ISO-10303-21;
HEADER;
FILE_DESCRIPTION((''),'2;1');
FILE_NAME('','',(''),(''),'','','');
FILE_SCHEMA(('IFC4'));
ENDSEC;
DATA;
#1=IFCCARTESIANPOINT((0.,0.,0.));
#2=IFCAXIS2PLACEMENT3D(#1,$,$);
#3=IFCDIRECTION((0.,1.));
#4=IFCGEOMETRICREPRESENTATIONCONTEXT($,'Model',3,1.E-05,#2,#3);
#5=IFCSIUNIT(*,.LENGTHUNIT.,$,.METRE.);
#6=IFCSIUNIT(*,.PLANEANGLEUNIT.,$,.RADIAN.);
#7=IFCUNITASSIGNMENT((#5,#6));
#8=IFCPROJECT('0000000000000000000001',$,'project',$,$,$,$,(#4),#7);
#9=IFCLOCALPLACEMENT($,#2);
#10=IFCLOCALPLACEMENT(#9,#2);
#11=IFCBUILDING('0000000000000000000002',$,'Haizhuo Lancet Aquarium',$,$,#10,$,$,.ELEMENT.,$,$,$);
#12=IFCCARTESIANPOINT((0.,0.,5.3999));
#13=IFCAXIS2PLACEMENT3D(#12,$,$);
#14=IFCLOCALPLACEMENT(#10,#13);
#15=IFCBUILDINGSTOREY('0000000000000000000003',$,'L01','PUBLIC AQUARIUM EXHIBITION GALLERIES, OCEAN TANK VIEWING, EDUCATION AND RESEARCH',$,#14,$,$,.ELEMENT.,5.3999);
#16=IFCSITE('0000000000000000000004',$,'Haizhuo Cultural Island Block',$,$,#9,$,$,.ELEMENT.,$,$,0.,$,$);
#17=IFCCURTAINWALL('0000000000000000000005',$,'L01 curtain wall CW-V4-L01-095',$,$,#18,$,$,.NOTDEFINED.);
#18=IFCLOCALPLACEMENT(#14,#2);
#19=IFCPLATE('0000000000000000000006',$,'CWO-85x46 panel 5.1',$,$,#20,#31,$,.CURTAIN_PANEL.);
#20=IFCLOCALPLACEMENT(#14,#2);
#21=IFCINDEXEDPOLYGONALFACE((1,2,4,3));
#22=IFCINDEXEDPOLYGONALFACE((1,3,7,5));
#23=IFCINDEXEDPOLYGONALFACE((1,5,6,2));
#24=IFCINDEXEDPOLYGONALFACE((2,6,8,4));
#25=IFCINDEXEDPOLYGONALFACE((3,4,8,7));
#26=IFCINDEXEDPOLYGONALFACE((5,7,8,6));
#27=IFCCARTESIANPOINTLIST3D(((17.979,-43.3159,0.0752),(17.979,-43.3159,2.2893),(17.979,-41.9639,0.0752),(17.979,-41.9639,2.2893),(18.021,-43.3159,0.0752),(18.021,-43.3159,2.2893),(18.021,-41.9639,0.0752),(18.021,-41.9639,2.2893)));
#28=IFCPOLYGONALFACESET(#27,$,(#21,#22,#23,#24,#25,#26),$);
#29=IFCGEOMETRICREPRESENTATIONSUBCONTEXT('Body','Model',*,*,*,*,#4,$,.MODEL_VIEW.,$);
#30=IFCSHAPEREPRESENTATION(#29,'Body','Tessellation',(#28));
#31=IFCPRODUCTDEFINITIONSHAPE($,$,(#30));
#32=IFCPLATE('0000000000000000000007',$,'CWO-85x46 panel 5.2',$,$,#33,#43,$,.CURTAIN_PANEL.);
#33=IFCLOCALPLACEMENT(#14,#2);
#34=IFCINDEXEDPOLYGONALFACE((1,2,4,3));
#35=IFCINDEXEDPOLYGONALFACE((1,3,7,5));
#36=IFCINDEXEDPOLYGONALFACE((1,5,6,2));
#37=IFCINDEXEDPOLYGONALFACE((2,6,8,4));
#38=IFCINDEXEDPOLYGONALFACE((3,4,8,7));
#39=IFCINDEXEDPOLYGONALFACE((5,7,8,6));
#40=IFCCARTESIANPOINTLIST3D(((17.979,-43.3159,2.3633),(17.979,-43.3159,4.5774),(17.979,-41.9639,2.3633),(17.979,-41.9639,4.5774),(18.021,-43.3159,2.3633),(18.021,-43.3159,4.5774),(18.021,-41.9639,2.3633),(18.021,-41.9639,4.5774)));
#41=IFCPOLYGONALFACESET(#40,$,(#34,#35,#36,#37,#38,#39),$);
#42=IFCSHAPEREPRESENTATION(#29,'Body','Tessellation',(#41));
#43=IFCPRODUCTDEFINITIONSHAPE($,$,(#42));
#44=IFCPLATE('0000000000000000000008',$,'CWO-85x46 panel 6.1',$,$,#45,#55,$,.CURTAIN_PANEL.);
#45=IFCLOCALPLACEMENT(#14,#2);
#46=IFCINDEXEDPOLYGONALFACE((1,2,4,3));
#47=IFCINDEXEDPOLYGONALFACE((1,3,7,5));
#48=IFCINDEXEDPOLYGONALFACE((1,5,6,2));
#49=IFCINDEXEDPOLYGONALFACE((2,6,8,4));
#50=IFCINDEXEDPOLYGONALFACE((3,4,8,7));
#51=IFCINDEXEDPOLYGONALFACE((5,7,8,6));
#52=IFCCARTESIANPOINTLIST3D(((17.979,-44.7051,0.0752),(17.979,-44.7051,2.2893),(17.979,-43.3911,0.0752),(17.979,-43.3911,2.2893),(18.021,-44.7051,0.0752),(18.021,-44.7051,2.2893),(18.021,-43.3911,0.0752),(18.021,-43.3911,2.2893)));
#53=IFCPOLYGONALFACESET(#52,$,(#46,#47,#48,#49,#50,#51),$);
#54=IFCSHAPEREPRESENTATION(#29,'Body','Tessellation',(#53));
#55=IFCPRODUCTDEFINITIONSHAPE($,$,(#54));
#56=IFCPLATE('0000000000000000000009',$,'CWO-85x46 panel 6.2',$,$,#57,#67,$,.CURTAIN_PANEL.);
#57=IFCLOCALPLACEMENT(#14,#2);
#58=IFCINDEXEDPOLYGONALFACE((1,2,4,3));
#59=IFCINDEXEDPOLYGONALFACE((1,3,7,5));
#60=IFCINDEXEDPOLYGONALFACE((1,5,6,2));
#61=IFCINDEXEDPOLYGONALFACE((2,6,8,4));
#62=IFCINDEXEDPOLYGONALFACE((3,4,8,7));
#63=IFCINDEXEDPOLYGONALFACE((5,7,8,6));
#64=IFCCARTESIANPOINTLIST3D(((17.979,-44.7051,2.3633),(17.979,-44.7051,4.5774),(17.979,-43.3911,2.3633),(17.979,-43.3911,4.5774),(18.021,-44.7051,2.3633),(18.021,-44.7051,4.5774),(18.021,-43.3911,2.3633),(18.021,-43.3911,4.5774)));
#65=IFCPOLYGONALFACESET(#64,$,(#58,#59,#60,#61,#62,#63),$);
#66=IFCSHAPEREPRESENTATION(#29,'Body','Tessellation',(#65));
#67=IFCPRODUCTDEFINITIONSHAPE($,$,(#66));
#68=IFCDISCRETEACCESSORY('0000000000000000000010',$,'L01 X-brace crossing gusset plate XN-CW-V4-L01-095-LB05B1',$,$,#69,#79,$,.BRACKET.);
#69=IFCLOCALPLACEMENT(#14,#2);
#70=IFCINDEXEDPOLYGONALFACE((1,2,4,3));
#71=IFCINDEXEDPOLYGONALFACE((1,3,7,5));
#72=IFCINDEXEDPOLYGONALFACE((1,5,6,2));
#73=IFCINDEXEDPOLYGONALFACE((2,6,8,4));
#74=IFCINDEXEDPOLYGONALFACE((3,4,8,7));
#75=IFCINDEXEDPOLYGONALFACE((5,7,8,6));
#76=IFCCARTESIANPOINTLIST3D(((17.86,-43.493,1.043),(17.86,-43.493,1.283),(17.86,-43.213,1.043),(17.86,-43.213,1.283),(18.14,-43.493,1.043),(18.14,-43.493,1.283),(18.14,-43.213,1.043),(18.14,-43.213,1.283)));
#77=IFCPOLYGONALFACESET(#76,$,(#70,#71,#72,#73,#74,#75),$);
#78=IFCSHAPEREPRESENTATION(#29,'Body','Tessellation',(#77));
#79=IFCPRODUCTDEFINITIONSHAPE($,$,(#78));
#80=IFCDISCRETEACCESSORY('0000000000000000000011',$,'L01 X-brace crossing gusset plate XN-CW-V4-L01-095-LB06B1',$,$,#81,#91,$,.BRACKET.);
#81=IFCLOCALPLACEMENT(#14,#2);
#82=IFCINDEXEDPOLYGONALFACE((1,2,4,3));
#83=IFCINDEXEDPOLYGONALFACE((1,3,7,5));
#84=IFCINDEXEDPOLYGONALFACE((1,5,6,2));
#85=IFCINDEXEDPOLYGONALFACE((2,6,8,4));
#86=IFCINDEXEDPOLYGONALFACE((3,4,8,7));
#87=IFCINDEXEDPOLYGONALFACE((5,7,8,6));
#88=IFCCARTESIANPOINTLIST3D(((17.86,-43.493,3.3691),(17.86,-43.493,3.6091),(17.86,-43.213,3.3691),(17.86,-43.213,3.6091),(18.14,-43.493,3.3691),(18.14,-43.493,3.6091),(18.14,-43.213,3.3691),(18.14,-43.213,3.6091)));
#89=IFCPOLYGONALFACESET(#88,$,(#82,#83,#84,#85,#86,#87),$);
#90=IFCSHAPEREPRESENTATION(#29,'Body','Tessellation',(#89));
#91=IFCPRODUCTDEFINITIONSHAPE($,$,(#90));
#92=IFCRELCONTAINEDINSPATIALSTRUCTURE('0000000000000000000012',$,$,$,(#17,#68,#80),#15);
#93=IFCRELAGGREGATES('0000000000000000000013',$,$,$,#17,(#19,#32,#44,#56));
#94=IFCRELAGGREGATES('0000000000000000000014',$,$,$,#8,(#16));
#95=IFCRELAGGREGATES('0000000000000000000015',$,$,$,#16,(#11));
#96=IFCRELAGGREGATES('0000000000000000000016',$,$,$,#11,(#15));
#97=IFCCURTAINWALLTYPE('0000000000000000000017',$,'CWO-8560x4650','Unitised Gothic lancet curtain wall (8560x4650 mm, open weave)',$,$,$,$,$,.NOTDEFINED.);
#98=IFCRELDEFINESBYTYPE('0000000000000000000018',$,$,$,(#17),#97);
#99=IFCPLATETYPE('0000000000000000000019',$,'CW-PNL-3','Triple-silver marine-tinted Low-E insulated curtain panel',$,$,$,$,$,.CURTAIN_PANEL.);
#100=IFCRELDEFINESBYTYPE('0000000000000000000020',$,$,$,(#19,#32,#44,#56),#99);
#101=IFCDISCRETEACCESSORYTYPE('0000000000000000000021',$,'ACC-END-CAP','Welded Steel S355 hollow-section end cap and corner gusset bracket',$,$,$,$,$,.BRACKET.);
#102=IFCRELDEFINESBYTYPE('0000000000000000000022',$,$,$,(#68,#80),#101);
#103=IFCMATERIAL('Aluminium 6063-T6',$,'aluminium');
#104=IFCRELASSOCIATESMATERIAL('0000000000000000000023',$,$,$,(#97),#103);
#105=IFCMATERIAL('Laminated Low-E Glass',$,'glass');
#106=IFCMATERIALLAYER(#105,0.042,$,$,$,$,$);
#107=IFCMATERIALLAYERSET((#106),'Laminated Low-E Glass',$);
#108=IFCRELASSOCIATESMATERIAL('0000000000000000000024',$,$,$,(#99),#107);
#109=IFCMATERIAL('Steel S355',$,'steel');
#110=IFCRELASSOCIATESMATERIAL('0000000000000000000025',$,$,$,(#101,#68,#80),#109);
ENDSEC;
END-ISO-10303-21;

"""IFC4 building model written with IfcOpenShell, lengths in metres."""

from ifc_helpers import new_model, si_unit, direction, frame, origin, origin_2d, place, context, subcontext, project, spatial, rectangle, extrude, material, layer, layer_set, type_object, element, aggregate, save


model = new_model("IFC4")

# Units and contexts
model_context = context("Model", 3, precision=1e-05, world=origin(), true_north=direction((0.0, 1.0)))
body_context = subcontext(model_context, "Body", "Model", "MODEL_VIEW")
ifc_project = project(units=[si_unit("LENGTHUNIT", "METRE"), si_unit("PLANEANGLEUNIT", "RADIAN")], contexts=[model_context])

# Site, building, storey
site_placement = place(None, origin())
site = spatial("IfcSite", under=ifc_project, at=site_placement, Name="Haizhuo Cultural Island Block", CompositionType="ELEMENT", RefElevation=0.0)
building_placement = place(site_placement, origin())
building = spatial("IfcBuilding", under=site, at=building_placement, Name="Haizhuo Lancet Aquarium", CompositionType="ELEMENT")
storey_placement = place(building_placement, frame((0.0, 0.0, 5.3999)))
storey = spatial("IfcBuildingStorey", under=building, at=storey_placement, Name="L01", Description="PUBLIC AQUARIUM EXHIBITION GALLERIES, OCEAN TANK VIEWING, EDUCATION AND RESEARCH", CompositionType="ELEMENT", Elevation=5.3999)

# Shared definitions
ifc_material_1 = material(Name="Steel S355", Category="steel")

# Curtain wall
ifc_material_2 = material(Name="Aluminium 6063-T6", Category="aluminium")
curtain_wall_type_1 = type_object("IfcCurtainWallType", Name="CWO-8560x4650", Description="Unitised Gothic lancet curtain wall (8560x4650 mm, open weave)", PredefinedType="NOTDEFINED", material=ifc_material_2)
curtain_wall_1_placement = place(storey_placement, origin())
curtain_wall_1 = element("IfcCurtainWall", 1, at=curtain_wall_1_placement, inside=storey, type_object=curtain_wall_type_1, Name="L01 curtain wall CW-V4-L01-095", PredefinedType="NOTDEFINED")

# Plates
ifc_material_3 = material(Name="Laminated Low-E Glass", Category="glass")
ifc_layer = layer(ifc_material_3, 0.042)
ifc_layer_set = layer_set([ifc_layer], Name="Laminated Low-E Glass")
plate_type = type_object("IfcPlateType", Name="CW-PNL-3", Description="Triple-silver marine-tinted Low-E insulated curtain panel", PredefinedType="CURTAIN_PANEL", material=ifc_layer_set)
plate_1_placement = place(storey_placement, frame((18.0, -42.6399, 0.0752), z_axis=(0.0, 0.0, 1.0), x_axis=(0.0, -1.0, 0.0)))
plate_1 = element("IfcPlate", 2, at=plate_1_placement, type_object=plate_type, Name="CWO-85x46 panel 5.1", PredefinedType="CURTAIN_PANEL", context=body_context, shape_type="SweptSolid", body=[
    extrude(rectangle(XDim=1.3521, YDim=0.042, at=origin_2d()), origin(), (0.0, 0.0, 1.0), 2.2141),
])
plate_2_placement = place(storey_placement, frame((18.0, -42.6399, 2.3633), z_axis=(0.0, 0.0, 1.0), x_axis=(0.0, -1.0, 0.0)))
plate_2 = element("IfcPlate", 3, at=plate_2_placement, type_object=plate_type, Name="CWO-85x46 panel 5.2", PredefinedType="CURTAIN_PANEL", context=body_context, shape_type="SweptSolid", body=[
    extrude(rectangle(XDim=1.3521, YDim=0.042, at=origin_2d()), origin(), (0.0, 0.0, 1.0), 2.2141),
])
plate_3_placement = place(storey_placement, frame((18.0, -44.0481, 0.0752), z_axis=(0.0, 0.0, 1.0), x_axis=(0.0, -1.0, 0.0)))
plate_3 = element("IfcPlate", 4, at=plate_3_placement, type_object=plate_type, Name="CWO-85x46 panel 6.1", PredefinedType="CURTAIN_PANEL", context=body_context, shape_type="SweptSolid", body=[
    extrude(rectangle(XDim=1.314, YDim=0.042, at=origin_2d()), origin(), (0.0, 0.0, 1.0), 2.2141),
])
plate_4_placement = place(storey_placement, frame((18.0, -44.0481, 2.3633), z_axis=(0.0, 0.0, 1.0), x_axis=(0.0, -1.0, 0.0)))
plate_4 = element("IfcPlate", 5, at=plate_4_placement, type_object=plate_type, Name="CWO-85x46 panel 6.2", PredefinedType="CURTAIN_PANEL", context=body_context, shape_type="SweptSolid", body=[
    extrude(rectangle(XDim=1.314, YDim=0.042, at=origin_2d()), origin(), (0.0, 0.0, 1.0), 2.2141),
])
aggregate(curtain_wall_1, [plate_1, plate_2, plate_3, plate_4])

# Discrete accessories
discrete_accessory_type = type_object("IfcDiscreteAccessoryType", Name="ACC-END-CAP", Description="Welded Steel S355 hollow-section end cap and corner gusset bracket", PredefinedType="BRACKET", material=ifc_material_1)
for number, where, z_axis, x_axis, name in (
    (6, (18.0, -43.353, 1.043), (0.0, 0.0, 1.0), (1.0, 0.0, 0.0), "L01 X-brace crossing gusset plate XN-CW-V4-L01-095-LB05B1"),
    (7, (18.0, -43.353, 3.3691), (0.0, 0.0, 1.0), (1.0, 0.0, 0.0), "L01 X-brace crossing gusset plate XN-CW-V4-L01-095-LB06B1"),
):
    element("IfcDiscreteAccessory", number, at=place(storey_placement, frame(where, z_axis=z_axis, x_axis=x_axis)), inside=storey, type_object=discrete_accessory_type, material=ifc_material_1, Name=name, PredefinedType="BRACKET", context=body_context, shape_type="SweptSolid", body=[
        extrude(rectangle(XDim=0.28, YDim=0.28, at=origin_2d()), origin(), (0.0, 0.0, 1.0), 0.24),
    ])

save(model, "model.ifc")
